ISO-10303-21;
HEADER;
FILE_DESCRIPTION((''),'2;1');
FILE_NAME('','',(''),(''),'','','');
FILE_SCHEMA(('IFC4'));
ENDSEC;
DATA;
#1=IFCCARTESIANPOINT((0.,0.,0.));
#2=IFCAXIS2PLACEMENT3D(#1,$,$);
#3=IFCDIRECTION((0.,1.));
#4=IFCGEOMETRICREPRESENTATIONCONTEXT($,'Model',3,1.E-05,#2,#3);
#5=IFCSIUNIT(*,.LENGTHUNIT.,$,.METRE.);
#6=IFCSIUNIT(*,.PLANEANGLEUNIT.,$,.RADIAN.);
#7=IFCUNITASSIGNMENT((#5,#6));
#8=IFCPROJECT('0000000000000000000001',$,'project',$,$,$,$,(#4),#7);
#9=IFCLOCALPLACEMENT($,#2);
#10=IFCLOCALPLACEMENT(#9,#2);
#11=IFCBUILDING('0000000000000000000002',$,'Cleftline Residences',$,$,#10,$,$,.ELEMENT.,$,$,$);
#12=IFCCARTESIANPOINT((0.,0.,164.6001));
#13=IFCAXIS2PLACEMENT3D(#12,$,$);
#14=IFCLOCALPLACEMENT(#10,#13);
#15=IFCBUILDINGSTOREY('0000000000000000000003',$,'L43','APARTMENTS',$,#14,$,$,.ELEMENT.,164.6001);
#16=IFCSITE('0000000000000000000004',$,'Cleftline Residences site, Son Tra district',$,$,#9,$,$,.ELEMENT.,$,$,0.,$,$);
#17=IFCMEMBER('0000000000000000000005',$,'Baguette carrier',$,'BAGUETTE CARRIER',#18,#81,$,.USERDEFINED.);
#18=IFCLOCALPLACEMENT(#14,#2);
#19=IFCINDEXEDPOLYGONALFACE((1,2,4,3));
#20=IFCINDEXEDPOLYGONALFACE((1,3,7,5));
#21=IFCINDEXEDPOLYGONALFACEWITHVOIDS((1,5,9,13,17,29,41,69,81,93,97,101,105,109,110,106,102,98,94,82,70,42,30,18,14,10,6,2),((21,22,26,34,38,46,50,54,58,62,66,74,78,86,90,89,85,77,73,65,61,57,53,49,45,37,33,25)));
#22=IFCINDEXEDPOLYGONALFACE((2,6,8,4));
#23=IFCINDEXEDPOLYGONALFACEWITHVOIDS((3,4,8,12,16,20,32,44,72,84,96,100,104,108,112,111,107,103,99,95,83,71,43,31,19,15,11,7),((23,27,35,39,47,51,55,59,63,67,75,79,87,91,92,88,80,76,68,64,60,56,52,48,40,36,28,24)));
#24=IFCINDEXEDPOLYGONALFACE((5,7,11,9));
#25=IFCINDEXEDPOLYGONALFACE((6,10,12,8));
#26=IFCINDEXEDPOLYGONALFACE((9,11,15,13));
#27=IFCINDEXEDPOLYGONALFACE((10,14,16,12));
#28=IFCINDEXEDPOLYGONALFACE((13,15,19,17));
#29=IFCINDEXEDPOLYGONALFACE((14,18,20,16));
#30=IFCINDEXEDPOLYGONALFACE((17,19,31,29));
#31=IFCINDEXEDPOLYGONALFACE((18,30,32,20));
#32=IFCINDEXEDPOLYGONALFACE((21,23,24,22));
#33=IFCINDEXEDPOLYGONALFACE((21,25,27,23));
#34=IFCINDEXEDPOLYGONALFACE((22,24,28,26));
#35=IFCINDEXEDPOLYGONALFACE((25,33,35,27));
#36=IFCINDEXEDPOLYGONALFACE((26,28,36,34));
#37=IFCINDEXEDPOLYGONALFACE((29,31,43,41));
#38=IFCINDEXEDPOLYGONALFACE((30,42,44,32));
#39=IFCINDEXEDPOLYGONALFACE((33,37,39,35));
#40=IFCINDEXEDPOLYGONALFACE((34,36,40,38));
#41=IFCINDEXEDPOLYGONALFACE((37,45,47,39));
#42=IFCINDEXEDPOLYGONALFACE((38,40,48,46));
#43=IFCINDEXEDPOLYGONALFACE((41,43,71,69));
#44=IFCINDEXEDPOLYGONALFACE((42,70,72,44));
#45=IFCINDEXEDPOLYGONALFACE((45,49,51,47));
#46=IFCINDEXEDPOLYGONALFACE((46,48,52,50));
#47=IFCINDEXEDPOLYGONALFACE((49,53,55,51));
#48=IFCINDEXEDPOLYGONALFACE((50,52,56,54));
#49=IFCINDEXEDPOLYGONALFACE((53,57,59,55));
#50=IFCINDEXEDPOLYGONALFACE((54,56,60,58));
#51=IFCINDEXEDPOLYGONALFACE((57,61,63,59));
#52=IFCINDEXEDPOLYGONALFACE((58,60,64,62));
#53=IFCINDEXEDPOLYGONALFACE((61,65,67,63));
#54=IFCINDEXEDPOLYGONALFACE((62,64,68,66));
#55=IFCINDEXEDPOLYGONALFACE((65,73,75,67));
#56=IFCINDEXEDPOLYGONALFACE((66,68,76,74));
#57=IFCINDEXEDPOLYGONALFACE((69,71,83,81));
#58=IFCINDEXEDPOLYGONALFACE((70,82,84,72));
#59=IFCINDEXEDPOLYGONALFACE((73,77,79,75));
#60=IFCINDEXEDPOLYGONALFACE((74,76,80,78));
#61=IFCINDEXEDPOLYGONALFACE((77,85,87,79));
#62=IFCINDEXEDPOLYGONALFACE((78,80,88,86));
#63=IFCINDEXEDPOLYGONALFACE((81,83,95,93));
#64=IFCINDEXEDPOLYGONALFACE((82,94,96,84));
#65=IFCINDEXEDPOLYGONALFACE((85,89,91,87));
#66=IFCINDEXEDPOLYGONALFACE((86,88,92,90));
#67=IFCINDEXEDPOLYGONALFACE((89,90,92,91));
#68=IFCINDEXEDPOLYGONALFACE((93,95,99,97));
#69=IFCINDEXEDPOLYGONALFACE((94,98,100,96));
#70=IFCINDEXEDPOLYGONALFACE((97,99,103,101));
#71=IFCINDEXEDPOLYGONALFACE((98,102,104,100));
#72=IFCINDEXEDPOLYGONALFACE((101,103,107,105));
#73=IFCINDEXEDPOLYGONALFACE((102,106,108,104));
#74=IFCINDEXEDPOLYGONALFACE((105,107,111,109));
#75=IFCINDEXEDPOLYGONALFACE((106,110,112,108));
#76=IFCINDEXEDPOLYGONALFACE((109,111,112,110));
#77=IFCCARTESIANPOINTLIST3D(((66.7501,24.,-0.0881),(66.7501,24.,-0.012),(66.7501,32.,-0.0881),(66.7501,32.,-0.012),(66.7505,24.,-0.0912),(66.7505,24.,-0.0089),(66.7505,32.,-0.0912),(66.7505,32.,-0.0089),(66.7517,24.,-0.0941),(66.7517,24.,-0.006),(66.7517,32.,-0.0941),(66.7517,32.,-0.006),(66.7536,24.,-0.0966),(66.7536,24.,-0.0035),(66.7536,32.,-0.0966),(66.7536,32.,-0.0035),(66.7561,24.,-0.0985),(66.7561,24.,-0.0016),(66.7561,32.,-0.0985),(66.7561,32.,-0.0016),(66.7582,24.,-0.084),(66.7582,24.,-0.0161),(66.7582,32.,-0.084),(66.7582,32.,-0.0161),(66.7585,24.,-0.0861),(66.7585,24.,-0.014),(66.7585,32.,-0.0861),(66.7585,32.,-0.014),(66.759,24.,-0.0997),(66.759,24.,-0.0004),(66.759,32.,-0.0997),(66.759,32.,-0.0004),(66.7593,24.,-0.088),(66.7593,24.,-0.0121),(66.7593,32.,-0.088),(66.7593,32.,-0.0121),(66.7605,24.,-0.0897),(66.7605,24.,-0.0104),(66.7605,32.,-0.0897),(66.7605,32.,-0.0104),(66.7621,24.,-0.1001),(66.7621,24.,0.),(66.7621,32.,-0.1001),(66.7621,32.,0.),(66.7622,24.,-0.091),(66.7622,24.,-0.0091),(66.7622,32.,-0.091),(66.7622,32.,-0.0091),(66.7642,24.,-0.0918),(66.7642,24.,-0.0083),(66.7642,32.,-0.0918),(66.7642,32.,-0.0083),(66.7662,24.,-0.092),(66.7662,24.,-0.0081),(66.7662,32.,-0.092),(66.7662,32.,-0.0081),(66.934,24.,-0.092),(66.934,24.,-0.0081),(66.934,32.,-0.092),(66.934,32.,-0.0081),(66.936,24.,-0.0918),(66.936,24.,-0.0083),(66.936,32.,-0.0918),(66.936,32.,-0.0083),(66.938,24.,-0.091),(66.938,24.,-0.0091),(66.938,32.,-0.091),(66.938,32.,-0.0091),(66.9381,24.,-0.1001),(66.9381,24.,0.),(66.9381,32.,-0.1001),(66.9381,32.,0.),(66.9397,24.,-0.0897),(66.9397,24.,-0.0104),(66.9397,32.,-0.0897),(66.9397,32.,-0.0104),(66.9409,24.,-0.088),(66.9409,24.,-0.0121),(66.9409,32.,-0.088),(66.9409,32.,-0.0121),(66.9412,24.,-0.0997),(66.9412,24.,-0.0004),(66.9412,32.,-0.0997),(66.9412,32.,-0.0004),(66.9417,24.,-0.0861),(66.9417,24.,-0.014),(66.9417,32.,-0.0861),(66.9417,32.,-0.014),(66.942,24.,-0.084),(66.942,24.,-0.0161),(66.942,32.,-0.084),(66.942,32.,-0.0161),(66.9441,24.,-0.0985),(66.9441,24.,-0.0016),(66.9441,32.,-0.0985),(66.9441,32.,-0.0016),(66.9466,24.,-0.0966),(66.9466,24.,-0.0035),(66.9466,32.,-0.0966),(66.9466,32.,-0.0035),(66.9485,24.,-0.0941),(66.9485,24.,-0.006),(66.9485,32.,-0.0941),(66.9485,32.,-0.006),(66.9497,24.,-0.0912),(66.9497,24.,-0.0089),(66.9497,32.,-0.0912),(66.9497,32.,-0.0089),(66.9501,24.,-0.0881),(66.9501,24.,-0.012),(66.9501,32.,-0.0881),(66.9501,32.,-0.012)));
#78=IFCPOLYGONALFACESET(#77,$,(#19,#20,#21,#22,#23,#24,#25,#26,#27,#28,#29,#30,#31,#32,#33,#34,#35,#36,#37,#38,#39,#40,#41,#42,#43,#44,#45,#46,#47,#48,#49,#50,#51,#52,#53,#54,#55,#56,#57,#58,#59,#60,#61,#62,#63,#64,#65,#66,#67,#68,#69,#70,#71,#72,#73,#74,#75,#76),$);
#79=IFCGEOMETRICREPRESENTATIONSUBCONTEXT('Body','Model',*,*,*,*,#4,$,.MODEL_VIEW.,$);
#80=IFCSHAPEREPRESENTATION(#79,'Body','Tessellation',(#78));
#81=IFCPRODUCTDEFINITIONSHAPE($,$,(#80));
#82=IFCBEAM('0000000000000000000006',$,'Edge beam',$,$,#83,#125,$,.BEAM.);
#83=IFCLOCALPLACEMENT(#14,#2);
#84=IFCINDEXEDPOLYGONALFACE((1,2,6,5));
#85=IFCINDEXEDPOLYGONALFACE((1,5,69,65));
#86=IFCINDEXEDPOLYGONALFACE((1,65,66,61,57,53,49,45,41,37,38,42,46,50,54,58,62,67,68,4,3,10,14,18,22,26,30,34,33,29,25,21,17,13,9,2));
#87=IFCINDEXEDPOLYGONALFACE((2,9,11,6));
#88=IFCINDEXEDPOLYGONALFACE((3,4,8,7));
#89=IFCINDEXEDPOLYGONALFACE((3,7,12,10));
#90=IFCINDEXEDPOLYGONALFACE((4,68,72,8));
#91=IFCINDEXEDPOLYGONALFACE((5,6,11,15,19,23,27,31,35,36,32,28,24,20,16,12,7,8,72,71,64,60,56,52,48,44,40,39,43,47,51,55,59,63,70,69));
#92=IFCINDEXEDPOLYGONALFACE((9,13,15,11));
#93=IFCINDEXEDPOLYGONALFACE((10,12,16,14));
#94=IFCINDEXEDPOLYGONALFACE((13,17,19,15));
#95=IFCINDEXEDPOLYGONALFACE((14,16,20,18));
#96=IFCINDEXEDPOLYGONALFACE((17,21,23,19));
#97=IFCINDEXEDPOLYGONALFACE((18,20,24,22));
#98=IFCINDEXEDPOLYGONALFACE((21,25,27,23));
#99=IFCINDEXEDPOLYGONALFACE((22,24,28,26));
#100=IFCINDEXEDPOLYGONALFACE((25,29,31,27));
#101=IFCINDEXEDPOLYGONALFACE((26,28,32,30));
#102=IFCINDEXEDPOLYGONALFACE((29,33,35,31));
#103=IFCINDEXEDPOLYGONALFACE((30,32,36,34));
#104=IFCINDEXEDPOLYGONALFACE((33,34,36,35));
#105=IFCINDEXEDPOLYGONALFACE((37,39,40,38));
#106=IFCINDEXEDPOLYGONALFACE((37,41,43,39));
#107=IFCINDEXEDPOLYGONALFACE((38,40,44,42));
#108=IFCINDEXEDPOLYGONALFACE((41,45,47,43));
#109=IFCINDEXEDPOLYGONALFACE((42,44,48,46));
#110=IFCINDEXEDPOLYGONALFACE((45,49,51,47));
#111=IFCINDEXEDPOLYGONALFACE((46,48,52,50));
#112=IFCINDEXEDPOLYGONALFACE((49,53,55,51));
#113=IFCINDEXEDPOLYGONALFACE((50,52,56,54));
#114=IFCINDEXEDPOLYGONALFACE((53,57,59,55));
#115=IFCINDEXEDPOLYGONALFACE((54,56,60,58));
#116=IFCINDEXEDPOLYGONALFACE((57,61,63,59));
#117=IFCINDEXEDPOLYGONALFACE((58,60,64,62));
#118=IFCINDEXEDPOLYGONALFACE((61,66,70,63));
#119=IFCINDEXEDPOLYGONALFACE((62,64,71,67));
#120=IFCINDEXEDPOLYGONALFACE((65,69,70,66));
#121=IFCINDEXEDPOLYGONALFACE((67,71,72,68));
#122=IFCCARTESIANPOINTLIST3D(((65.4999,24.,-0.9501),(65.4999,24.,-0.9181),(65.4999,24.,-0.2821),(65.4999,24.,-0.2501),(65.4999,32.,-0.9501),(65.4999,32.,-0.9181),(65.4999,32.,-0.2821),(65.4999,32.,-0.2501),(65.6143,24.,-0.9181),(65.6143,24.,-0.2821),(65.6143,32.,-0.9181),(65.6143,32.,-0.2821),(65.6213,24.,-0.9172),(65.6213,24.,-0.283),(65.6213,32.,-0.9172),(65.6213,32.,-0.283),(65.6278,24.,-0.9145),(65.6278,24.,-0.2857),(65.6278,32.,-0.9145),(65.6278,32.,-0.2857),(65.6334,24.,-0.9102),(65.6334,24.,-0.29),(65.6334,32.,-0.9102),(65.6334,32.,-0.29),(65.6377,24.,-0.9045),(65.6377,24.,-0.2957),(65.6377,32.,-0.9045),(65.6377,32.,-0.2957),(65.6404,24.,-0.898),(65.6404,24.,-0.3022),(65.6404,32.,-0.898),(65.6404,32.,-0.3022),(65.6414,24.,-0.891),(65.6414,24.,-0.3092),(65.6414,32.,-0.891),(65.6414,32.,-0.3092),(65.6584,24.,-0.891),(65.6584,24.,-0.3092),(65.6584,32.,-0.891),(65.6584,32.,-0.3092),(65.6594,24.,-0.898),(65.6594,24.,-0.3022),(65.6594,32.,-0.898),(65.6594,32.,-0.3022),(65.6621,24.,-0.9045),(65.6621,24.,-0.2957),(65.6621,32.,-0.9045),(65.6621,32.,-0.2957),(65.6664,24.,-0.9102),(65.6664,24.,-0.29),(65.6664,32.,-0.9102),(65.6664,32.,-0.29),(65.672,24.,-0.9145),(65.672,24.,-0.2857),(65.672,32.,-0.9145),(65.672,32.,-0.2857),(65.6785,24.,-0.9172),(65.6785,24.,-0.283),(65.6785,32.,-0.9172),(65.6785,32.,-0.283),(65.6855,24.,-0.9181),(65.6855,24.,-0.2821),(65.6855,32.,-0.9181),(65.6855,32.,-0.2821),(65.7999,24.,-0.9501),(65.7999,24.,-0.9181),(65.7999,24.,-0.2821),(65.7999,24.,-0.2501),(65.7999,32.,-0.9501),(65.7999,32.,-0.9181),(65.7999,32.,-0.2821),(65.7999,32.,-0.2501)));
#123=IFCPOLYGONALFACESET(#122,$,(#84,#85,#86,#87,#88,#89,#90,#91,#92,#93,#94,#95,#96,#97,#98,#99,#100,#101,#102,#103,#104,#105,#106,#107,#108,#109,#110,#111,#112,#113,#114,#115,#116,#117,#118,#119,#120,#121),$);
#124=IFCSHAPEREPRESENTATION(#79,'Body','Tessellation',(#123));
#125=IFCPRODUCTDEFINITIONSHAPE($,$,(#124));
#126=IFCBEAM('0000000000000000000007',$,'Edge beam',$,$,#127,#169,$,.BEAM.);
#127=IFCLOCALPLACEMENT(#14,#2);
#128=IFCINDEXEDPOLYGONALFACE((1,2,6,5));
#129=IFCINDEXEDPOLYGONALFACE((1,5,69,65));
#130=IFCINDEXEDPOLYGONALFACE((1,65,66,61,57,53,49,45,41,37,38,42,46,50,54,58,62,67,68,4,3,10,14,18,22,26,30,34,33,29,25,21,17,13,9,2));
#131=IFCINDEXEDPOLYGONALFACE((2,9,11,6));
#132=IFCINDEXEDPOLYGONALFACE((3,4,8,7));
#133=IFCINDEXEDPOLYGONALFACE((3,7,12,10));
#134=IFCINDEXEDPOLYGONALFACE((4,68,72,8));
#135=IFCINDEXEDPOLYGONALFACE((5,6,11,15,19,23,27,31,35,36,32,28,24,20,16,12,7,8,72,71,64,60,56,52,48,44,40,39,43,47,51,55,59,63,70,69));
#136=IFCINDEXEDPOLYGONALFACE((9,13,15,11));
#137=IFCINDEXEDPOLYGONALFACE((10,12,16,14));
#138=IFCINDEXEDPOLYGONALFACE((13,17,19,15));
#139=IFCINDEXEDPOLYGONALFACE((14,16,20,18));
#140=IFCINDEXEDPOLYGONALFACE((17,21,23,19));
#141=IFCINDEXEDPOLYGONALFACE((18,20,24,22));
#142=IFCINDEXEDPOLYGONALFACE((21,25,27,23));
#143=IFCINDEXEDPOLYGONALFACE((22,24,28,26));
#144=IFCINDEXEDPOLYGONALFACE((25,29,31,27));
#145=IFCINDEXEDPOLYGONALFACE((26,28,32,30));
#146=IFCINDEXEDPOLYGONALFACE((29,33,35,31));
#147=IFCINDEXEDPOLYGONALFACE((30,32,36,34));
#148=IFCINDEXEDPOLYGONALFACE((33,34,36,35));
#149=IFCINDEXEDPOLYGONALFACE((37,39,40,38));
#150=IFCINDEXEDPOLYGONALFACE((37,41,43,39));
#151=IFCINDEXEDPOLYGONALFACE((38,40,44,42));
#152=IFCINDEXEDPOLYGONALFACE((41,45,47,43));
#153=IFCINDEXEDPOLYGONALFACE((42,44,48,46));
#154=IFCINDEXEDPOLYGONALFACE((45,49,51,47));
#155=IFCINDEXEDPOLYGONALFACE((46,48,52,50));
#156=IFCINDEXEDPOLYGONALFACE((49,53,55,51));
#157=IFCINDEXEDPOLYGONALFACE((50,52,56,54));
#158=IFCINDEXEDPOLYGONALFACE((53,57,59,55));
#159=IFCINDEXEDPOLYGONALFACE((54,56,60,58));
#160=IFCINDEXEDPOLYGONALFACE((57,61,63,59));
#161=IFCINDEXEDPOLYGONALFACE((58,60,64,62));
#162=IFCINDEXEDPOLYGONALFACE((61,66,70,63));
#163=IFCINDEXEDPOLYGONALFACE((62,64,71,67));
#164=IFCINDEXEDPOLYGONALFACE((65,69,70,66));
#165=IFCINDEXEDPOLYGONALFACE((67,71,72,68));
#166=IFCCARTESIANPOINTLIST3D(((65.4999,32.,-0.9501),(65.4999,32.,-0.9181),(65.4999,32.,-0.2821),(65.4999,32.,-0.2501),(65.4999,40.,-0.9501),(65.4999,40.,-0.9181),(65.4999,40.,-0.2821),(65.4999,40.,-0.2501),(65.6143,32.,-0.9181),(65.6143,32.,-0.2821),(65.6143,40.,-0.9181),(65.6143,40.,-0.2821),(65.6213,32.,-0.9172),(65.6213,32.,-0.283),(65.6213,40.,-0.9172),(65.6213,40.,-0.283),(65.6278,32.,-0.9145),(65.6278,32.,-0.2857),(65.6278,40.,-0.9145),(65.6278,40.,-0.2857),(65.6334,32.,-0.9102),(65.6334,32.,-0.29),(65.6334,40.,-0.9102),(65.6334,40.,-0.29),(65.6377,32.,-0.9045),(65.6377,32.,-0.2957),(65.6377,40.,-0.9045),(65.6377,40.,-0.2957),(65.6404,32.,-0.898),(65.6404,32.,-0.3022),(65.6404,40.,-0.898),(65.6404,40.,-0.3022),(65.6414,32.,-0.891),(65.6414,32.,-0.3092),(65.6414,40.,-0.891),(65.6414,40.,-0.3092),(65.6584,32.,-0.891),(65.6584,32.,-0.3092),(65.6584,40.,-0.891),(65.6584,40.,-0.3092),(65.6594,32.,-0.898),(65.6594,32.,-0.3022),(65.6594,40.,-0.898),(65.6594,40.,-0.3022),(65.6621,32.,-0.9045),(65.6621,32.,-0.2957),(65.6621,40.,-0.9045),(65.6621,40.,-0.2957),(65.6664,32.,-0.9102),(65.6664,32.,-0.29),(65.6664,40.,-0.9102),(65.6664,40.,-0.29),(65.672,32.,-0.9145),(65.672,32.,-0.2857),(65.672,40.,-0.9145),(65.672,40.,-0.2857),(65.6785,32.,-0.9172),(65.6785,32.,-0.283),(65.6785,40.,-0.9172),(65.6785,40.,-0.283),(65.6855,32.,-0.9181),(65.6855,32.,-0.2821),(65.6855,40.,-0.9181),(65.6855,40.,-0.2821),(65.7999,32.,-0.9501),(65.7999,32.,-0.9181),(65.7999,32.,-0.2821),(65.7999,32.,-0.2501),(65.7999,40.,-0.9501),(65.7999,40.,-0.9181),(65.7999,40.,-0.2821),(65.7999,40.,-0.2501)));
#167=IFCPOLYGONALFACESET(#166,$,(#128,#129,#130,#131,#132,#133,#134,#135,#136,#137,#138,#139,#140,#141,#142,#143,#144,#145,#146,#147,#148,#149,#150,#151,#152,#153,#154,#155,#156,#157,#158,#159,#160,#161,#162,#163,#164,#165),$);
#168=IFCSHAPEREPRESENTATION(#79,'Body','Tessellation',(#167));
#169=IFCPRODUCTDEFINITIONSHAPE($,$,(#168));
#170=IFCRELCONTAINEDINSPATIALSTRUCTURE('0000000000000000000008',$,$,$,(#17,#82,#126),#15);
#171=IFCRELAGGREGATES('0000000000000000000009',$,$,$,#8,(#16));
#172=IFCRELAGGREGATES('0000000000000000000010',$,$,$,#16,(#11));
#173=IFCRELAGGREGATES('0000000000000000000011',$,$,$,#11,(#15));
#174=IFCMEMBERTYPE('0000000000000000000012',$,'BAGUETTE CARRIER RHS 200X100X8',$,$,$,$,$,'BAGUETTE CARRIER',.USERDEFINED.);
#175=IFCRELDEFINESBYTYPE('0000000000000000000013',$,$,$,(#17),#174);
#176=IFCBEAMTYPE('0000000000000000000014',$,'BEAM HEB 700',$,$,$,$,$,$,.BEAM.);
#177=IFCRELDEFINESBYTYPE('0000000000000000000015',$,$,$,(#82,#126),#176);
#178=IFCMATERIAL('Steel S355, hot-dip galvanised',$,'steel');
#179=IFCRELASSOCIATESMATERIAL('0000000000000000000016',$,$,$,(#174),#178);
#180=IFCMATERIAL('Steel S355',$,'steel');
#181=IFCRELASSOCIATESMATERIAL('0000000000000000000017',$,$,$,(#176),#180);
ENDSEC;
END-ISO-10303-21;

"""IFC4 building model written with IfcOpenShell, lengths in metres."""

from ifc_helpers import new_model, si_unit, direction, frame, origin, origin_2d, place, context, subcontext, project, spatial, hollow_rectangle, i_section, extrude, material, material_profile, profile_set, type_object, element, save


model = new_model("IFC4")

# Units and contexts
model_context = context("Model", 3, precision=1e-05, world=origin(), true_north=direction((0.0, 1.0)))
body_context = subcontext(model_context, "Body", "Model", "MODEL_VIEW")
ifc_project = project(units=[si_unit("LENGTHUNIT", "METRE"), si_unit("PLANEANGLEUNIT", "RADIAN")], contexts=[model_context])

# Site, building, storey
site_placement = place(None, origin())
site = spatial("IfcSite", under=ifc_project, at=site_placement, Name="Cleftline Residences site, Son Tra district", CompositionType="ELEMENT", RefElevation=0.0)
building_placement = place(site_placement, origin())
building = spatial("IfcBuilding", under=site, at=building_placement, Name="Cleftline Residences", CompositionType="ELEMENT")
storey_placement = place(building_placement, frame((0.0, 0.0, 164.6001)))
storey = spatial("IfcBuildingStorey", under=building, at=storey_placement, Name="L43", Description="APARTMENTS", CompositionType="ELEMENT", Elevation=164.6001)

# Member
ifc_material_1 = material(Name="Steel S355, hot-dip galvanised", Category="steel")
ifc_material_profile_1 = material_profile(ifc_material_1, hollow_rectangle(XDim=0.1001, YDim=0.2, WallThickness=0.0081, InnerFilletRadius=0.0081, OuterFilletRadius=0.012, at=origin_2d()))
ifc_profile_set_1 = profile_set([ifc_material_profile_1], Name="Steel S355, hot-dip galvanised")
member_type_1 = type_object("IfcMemberType", Name="BAGUETTE CARRIER RHS 200X100X8", ElementType="BAGUETTE CARRIER", PredefinedType="USERDEFINED", material=ifc_profile_set_1)
member_placement = place(storey_placement, frame((66.8501, 24.0, -0.05), z_axis=(0.0, 1.0, 0.0), x_axis=(0.0, 0.0, 1.0)))
element("IfcMember", 1, at=member_placement, inside=storey, type_object=member_type_1, Name="Baguette carrier", ObjectType="BAGUETTE CARRIER", PredefinedType="USERDEFINED", context=body_context, shape_type="SweptSolid", body=[
    extrude(hollow_rectangle(XDim=0.1001, YDim=0.2, WallThickness=0.0081, InnerFilletRadius=0.0081, OuterFilletRadius=0.012, at=origin_2d()), origin(), (0.0, 0.0, 1.0), 8.0),
])

# Beams
ifc_material_2 = material(Name="Steel S355", Category="steel")
ifc_material_profile_2 = material_profile(ifc_material_2, i_section(OverallWidth=0.3, OverallDepth=0.7, WebThickness=0.0171, FlangeThickness=0.032, FilletRadius=0.0271, at=origin_2d()))
ifc_profile_set_2 = profile_set([ifc_material_profile_2], Name="Steel S355")
beam_type_1 = type_object("IfcBeamType", Name="BEAM HEB 700", PredefinedType="BEAM", material=ifc_profile_set_2)
for number, where, z_axis, x_axis, name in (
    (2, (65.6499, 24.0, -0.6001), (0.0, 1.0, 0.0), (-1.0, 0.0, 0.0), "Edge beam"),
    (3, (65.6499, 32.0, -0.6001), (0.0, 1.0, 0.0), (-1.0, 0.0, 0.0), "Edge beam"),
):
    element("IfcBeam", number, at=place(storey_placement, frame(where, z_axis=z_axis, x_axis=x_axis)), inside=storey, type_object=beam_type_1, Name=name, PredefinedType="BEAM", context=body_context, shape_type="SweptSolid", body=[
        extrude(i_section(OverallWidth=0.3, OverallDepth=0.7, WebThickness=0.0171, FlangeThickness=0.032, FilletRadius=0.0271, at=origin_2d()), origin(), (0.0, 0.0, 1.0), 8.0),
    ])

save(model, "model.ifc")
